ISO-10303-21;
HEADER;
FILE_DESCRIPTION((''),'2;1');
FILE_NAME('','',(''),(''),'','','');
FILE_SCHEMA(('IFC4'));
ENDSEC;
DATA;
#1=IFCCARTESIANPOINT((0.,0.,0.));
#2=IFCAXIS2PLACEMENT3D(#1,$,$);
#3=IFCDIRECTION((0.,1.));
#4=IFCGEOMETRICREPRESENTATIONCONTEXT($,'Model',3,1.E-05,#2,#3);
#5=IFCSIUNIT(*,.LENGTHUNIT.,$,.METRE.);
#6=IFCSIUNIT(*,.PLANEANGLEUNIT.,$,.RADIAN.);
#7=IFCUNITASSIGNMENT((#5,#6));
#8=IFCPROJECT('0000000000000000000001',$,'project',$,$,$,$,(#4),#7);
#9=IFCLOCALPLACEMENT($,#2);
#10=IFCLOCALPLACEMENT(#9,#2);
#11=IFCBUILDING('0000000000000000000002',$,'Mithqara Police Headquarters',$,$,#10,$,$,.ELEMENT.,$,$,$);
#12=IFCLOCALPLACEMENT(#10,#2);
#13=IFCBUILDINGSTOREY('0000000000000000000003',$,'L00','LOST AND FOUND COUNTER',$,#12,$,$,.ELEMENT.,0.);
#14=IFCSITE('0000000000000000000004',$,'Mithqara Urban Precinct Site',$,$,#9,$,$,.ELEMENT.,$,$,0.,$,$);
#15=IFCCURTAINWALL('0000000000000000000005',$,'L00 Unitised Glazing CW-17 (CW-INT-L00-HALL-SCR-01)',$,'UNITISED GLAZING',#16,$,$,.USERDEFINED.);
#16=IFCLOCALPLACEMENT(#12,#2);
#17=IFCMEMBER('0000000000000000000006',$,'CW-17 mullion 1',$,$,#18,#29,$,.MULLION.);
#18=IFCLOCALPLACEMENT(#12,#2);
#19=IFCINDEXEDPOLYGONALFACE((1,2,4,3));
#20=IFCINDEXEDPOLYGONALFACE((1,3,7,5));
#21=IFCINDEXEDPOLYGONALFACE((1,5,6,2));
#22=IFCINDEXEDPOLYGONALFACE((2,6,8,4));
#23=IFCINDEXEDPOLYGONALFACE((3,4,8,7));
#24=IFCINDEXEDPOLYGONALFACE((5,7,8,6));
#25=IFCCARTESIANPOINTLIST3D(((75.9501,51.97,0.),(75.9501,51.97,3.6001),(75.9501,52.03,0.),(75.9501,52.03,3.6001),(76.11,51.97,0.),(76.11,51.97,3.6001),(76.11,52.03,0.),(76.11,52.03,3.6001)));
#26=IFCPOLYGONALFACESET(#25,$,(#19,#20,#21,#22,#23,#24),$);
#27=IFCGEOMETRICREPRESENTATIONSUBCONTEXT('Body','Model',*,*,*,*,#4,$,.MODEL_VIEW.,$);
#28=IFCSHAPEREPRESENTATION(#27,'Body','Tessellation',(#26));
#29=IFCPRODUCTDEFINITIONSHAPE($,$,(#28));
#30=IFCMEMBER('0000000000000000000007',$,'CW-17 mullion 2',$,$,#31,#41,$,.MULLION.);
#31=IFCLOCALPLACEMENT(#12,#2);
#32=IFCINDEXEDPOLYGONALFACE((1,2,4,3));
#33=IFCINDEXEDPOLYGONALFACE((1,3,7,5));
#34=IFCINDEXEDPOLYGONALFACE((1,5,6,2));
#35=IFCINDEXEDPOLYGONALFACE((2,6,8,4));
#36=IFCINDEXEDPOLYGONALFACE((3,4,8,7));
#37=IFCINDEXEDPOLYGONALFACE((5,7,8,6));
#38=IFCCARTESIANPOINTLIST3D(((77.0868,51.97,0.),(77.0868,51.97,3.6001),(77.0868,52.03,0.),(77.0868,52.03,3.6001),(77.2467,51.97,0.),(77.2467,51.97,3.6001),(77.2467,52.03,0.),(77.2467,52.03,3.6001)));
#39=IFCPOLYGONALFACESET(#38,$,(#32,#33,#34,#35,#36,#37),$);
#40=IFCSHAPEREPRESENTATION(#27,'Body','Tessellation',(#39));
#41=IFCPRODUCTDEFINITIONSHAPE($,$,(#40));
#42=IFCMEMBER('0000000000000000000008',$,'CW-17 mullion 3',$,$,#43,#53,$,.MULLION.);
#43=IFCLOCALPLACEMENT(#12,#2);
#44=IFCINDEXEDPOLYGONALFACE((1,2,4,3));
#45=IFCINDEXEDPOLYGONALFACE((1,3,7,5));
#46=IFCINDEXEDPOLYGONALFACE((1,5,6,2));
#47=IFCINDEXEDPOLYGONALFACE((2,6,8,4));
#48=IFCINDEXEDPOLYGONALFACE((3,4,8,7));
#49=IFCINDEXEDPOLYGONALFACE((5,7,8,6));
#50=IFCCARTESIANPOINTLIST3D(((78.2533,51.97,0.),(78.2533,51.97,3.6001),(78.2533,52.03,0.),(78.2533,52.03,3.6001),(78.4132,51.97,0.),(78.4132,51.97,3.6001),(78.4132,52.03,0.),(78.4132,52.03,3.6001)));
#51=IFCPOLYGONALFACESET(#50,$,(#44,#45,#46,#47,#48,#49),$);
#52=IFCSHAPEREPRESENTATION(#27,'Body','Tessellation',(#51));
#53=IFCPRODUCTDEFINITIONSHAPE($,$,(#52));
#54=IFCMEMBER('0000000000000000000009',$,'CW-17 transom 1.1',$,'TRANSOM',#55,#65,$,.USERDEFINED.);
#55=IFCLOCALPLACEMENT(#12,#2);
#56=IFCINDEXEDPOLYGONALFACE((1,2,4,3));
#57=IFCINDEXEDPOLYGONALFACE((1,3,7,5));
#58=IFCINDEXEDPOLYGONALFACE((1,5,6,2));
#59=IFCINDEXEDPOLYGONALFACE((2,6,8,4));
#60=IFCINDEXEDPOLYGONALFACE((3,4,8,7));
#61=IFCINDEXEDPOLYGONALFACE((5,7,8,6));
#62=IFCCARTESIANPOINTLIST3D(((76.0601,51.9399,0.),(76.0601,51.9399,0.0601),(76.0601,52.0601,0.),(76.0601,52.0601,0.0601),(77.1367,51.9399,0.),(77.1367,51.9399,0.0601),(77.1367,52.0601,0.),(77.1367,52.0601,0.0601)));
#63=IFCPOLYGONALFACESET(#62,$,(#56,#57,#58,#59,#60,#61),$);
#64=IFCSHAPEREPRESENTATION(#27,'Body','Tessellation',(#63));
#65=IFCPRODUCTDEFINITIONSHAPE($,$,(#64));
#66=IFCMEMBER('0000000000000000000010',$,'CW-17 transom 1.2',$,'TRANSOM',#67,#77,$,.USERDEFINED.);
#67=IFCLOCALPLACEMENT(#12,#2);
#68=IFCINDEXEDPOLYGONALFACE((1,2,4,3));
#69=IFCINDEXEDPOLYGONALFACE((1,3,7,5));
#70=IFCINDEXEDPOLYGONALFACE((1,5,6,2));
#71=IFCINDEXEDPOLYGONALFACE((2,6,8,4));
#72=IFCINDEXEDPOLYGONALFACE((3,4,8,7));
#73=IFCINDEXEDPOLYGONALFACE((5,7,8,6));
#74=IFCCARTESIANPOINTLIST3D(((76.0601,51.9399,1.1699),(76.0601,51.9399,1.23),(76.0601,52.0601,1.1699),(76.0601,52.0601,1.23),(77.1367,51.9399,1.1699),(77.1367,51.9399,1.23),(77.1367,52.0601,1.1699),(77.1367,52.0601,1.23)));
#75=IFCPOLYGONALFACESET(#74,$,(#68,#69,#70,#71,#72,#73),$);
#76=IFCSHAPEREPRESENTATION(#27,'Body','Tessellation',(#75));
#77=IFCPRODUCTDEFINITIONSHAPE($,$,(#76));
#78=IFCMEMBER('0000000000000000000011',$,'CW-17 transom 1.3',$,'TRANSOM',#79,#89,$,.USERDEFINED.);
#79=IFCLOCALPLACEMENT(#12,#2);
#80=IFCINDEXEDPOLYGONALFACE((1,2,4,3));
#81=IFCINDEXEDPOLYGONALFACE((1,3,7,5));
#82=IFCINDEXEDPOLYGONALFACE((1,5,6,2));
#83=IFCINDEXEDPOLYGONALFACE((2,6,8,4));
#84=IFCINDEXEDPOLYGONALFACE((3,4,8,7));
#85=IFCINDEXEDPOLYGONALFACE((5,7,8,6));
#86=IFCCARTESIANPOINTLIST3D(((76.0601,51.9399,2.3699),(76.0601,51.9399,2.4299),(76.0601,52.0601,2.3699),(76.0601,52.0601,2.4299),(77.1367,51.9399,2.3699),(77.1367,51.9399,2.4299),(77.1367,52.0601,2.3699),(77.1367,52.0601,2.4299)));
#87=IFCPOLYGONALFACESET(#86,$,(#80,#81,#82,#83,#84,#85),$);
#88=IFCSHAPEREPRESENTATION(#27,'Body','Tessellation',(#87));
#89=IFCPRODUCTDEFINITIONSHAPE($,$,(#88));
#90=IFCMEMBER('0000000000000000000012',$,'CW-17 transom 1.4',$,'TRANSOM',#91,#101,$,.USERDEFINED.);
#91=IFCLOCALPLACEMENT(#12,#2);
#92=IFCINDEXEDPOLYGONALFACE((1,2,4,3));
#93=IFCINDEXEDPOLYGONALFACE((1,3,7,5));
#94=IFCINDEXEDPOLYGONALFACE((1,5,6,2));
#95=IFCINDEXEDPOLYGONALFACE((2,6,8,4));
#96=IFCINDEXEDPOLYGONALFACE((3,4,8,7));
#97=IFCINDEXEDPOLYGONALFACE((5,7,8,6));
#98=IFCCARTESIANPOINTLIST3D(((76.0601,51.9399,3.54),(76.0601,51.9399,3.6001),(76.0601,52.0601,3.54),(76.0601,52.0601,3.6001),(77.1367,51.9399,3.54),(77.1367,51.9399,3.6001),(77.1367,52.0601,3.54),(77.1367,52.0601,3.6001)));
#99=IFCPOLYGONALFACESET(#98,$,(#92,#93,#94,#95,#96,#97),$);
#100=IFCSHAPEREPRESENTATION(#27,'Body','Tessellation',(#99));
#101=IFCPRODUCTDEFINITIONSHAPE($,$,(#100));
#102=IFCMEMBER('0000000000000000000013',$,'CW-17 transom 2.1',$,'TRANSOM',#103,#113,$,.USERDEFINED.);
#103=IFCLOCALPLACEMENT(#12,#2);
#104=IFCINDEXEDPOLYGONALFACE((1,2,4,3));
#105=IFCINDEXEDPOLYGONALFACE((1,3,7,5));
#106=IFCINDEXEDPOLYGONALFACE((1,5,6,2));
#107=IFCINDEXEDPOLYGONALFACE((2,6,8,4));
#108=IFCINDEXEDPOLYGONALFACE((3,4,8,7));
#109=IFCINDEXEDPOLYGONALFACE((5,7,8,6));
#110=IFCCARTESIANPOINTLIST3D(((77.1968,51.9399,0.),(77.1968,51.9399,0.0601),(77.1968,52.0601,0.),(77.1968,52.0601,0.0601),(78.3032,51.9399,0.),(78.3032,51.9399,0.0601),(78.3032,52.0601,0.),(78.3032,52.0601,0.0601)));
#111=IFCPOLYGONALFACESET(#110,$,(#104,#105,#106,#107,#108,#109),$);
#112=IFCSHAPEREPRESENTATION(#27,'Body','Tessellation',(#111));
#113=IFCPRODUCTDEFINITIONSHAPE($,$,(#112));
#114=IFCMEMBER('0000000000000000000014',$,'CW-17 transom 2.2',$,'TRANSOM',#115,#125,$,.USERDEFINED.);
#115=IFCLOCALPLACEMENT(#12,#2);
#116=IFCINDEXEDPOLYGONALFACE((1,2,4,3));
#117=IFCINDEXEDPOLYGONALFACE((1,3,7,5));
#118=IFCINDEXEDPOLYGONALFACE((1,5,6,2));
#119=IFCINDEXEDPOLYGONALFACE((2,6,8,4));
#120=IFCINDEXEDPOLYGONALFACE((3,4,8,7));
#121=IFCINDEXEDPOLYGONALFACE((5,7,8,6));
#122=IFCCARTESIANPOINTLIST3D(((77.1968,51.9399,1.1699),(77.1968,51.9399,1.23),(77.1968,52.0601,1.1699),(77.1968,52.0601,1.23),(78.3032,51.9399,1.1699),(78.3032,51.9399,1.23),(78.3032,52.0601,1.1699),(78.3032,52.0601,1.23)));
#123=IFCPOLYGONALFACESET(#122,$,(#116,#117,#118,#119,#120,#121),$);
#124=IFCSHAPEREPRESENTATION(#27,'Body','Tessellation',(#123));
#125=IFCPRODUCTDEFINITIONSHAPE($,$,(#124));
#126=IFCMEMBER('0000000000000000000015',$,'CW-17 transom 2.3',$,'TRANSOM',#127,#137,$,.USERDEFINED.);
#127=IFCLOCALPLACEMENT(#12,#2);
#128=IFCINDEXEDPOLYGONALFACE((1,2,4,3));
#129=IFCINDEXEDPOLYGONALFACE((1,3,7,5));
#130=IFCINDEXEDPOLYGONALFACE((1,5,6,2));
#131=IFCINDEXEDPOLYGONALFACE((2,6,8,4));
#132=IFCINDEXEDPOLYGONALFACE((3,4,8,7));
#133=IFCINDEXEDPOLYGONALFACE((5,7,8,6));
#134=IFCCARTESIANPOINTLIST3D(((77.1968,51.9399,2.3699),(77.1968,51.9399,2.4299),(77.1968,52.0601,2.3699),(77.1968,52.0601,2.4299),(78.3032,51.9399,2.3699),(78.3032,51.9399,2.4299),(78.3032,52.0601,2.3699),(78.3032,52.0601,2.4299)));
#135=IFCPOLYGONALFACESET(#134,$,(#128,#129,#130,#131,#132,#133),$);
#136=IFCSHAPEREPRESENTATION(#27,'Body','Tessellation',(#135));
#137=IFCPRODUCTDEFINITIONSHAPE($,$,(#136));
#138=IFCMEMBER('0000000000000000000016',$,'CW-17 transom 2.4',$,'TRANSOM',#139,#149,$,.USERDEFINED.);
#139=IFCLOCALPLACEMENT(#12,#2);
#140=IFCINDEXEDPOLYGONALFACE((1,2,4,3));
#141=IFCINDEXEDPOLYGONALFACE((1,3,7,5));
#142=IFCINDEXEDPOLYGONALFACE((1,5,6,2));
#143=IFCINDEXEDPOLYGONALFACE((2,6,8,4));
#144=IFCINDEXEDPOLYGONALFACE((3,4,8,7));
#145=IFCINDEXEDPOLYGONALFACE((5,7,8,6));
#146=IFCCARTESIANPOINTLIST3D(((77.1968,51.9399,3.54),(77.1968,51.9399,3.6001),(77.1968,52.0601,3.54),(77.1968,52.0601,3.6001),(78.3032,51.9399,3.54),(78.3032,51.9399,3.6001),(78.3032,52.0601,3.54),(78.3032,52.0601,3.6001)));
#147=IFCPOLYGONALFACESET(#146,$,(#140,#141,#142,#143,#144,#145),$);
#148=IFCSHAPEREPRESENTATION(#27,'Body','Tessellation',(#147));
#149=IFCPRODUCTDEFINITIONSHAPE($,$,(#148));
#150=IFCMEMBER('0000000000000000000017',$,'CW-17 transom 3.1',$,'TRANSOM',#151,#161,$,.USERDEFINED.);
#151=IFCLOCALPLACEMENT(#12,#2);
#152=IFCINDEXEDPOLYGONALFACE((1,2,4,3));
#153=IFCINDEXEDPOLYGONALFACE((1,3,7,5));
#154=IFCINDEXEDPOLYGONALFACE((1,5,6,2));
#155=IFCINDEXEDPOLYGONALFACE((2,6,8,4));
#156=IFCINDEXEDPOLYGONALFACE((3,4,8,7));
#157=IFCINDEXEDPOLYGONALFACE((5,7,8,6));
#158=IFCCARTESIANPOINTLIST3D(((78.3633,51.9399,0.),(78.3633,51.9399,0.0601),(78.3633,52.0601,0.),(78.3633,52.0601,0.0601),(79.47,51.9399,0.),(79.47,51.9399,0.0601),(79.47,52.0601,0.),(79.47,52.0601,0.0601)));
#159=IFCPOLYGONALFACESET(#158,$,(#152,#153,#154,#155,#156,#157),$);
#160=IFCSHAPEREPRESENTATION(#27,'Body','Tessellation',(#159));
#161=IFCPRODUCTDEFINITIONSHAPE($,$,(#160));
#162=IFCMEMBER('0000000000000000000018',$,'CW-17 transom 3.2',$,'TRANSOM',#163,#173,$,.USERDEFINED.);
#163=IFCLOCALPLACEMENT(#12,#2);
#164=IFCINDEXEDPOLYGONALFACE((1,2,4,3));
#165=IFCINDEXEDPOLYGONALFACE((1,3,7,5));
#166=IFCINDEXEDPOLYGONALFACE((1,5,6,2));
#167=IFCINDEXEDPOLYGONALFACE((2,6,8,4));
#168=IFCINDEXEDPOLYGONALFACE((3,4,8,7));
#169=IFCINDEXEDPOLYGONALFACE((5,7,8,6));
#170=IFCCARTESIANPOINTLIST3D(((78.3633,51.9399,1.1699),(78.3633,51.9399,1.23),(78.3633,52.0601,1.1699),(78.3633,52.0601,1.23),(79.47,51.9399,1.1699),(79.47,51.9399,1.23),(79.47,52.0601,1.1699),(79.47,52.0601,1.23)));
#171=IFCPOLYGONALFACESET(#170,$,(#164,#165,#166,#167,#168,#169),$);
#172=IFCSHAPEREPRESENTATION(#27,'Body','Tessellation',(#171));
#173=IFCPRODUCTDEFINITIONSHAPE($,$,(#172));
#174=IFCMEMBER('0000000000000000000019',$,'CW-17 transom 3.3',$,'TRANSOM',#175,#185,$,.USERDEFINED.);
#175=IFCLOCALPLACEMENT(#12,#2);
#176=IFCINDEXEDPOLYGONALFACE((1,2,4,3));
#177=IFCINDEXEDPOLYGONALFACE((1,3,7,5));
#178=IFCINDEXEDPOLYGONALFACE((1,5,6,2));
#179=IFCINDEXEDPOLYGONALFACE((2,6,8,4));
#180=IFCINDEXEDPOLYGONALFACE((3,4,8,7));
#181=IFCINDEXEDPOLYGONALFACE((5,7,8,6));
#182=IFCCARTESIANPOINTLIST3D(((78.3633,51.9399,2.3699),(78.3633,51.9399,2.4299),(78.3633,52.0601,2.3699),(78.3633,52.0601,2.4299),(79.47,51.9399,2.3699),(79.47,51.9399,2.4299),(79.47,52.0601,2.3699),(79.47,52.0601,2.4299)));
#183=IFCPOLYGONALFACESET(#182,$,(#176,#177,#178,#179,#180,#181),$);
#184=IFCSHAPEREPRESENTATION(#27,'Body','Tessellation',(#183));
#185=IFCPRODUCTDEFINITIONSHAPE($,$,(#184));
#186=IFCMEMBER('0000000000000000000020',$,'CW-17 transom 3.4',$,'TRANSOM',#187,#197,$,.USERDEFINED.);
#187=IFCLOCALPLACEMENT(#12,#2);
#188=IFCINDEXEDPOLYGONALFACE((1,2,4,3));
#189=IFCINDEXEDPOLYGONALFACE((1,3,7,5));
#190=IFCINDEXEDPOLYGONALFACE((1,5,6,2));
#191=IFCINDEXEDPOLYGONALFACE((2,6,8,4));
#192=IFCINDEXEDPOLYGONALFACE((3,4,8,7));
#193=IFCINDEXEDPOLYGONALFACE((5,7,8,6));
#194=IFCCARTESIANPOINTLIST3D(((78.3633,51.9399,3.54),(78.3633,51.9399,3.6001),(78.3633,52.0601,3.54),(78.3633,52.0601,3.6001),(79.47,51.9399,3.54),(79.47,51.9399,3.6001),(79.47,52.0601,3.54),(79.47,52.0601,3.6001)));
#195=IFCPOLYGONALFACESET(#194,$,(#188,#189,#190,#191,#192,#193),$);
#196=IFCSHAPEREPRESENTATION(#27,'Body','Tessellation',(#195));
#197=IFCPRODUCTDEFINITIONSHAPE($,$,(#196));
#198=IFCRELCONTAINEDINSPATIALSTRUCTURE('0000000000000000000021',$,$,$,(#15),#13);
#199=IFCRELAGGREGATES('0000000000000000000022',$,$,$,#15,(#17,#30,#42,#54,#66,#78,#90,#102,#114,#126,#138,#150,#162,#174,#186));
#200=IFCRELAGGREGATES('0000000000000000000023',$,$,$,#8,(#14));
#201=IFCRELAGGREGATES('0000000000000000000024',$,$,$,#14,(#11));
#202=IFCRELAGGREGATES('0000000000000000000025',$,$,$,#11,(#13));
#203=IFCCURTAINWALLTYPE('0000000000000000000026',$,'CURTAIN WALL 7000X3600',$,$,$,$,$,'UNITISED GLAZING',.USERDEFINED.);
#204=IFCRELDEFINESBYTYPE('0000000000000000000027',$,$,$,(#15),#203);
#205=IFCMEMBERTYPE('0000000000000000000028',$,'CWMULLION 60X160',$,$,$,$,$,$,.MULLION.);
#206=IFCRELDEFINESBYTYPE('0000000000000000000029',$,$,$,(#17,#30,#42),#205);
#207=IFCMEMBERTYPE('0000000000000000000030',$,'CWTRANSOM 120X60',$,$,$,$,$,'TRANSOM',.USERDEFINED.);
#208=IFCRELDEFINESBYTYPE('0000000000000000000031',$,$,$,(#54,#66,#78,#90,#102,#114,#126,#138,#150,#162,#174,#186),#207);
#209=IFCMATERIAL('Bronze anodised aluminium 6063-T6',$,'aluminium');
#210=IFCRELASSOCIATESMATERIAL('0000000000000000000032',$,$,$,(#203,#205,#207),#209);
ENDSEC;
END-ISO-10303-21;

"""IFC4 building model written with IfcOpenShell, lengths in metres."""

from ifc_helpers import new_model, si_unit, direction, frame, origin, origin_2d, place, context, subcontext, project, spatial, rectangle, extrude, material, material_profile, profile_set, type_object, element, aggregate, save


model = new_model("IFC4")

# Units and contexts
model_context = context("Model", 3, precision=1e-05, world=origin(), true_north=direction((0.0, 1.0)))
body_context = subcontext(model_context, "Body", "Model", "MODEL_VIEW")
ifc_project = project(units=[si_unit("LENGTHUNIT", "METRE"), si_unit("PLANEANGLEUNIT", "RADIAN")], contexts=[model_context])

# Site, building, storey
site_placement = place(None, origin())
site = spatial("IfcSite", under=ifc_project, at=site_placement, Name="Mithqara Urban Precinct Site", CompositionType="ELEMENT", RefElevation=0.0)
building_placement = place(site_placement, origin())
building = spatial("IfcBuilding", under=site, at=building_placement, Name="Mithqara Police Headquarters", CompositionType="ELEMENT")
storey_placement = place(building_placement, origin())
storey = spatial("IfcBuildingStorey", under=building, at=storey_placement, Name="L00", Description="LOST AND FOUND COUNTER", CompositionType="ELEMENT", Elevation=0.0)

# Curtain wall, members
ifc_material_1 = material(Name="Bronze anodised aluminium 6063-T6", Category="aluminium")
curtain_wall_type = type_object("IfcCurtainWallType", Name="CURTAIN WALL 7000X3600", ElementType="UNITISED GLAZING", PredefinedType="USERDEFINED", material=ifc_material_1)
curtain_wall_placement = place(storey_placement, origin())
curtain_wall = element("IfcCurtainWall", 1, at=curtain_wall_placement, inside=storey, type_object=curtain_wall_type, Name="L00 Unitised Glazing CW-17 (CW-INT-L00-HALL-SCR-01)", ObjectType="UNITISED GLAZING", PredefinedType="USERDEFINED")
ifc_material_profile_1 = material_profile(ifc_material_1, rectangle(XDim=0.0601, YDim=0.1599, at=origin_2d()), Name="CWM 60x160")
ifc_profile_set_1 = profile_set([ifc_material_profile_1], Name="Bronze anodised aluminium 6063-T6")
member_type_1 = type_object("IfcMemberType", Name="CWMULLION 60X160", PredefinedType="MULLION", material=ifc_profile_set_1)
member_1_placement = place(storey_placement, frame((76.03, 52.0, 0.0), z_axis=(0.0, 0.0, 1.0), x_axis=(0.0, 1.0, 0.0)))
member_1 = element("IfcMember", 2, at=member_1_placement, type_object=member_type_1, Name="CW-17 mullion 1", PredefinedType="MULLION", context=body_context, shape_type="SweptSolid", body=[
    extrude(rectangle(XDim=0.0601, YDim=0.1599, at=origin_2d()), origin(), (0.0, 0.0, 1.0), 3.6001),
])
member_2_placement = place(storey_placement, frame((77.1667, 52.0, 0.0), z_axis=(0.0, 0.0, 1.0), x_axis=(0.0, 1.0, 0.0)))
member_2 = element("IfcMember", 3, at=member_2_placement, type_object=member_type_1, Name="CW-17 mullion 2", PredefinedType="MULLION", context=body_context, shape_type="SweptSolid", body=[
    extrude(rectangle(XDim=0.0601, YDim=0.1599, at=origin_2d()), origin(), (0.0, 0.0, 1.0), 3.6001),
])
member_3_placement = place(storey_placement, frame((78.3333, 52.0, 0.0), z_axis=(0.0, 0.0, 1.0), x_axis=(0.0, 1.0, 0.0)))
member_3 = element("IfcMember", 4, at=member_3_placement, type_object=member_type_1, Name="CW-17 mullion 3", PredefinedType="MULLION", context=body_context, shape_type="SweptSolid", body=[
    extrude(rectangle(XDim=0.0601, YDim=0.1599, at=origin_2d()), origin(), (0.0, 0.0, 1.0), 3.6001),
])
ifc_material_profile_2 = material_profile(ifc_material_1, rectangle(XDim=0.1201, YDim=0.0601, at=origin_2d()), Name="CWT 120x60")
ifc_profile_set_2 = profile_set([ifc_material_profile_2], Name="Bronze anodised aluminium 6063-T6")
member_type_2 = type_object("IfcMemberType", Name="CWTRANSOM 120X60", ElementType="TRANSOM", PredefinedType="USERDEFINED", material=ifc_profile_set_2)
member_4_placement = place(storey_placement, frame((76.0601, 52.0, 0.03), z_axis=(1.0, 0.0, 0.0), x_axis=(0.0, 1.0, 0.0)))
member_4 = element("IfcMember", 5, at=member_4_placement, type_object=member_type_2, Name="CW-17 transom 1.1", ObjectType="TRANSOM", PredefinedType="USERDEFINED", context=body_context, shape_type="SweptSolid", body=[
    extrude(rectangle(XDim=0.1201, YDim=0.0601, at=origin_2d()), origin(), (0.0, 0.0, 1.0), 1.0767),
])
member_5_placement = place(storey_placement, frame((76.0601, 52.0, 1.2), z_axis=(1.0, 0.0, 0.0), x_axis=(0.0, 1.0, 0.0)))
member_5 = element("IfcMember", 6, at=member_5_placement, type_object=member_type_2, Name="CW-17 transom 1.2", ObjectType="TRANSOM", PredefinedType="USERDEFINED", context=body_context, shape_type="SweptSolid", body=[
    extrude(rectangle(XDim=0.1201, YDim=0.0601, at=origin_2d()), origin(), (0.0, 0.0, 1.0), 1.0767),
])
member_6_placement = place(storey_placement, frame((76.0601, 52.0, 2.3999), z_axis=(1.0, 0.0, 0.0), x_axis=(0.0, 1.0, 0.0)))
member_6 = element("IfcMember", 7, at=member_6_placement, type_object=member_type_2, Name="CW-17 transom 1.3", ObjectType="TRANSOM", PredefinedType="USERDEFINED", context=body_context, shape_type="SweptSolid", body=[
    extrude(rectangle(XDim=0.1201, YDim=0.0601, at=origin_2d()), origin(), (0.0, 0.0, 1.0), 1.0767),
])
member_7_placement = place(storey_placement, frame((76.0601, 52.0, 3.5701), z_axis=(1.0, 0.0, 0.0), x_axis=(0.0, 1.0, 0.0)))
member_7 = element("IfcMember", 8, at=member_7_placement, type_object=member_type_2, Name="CW-17 transom 1.4", ObjectType="TRANSOM", PredefinedType="USERDEFINED", context=body_context, shape_type="SweptSolid", body=[
    extrude(rectangle(XDim=0.1201, YDim=0.0601, at=origin_2d()), origin(), (0.0, 0.0, 1.0), 1.0767),
])
member_8_placement = place(storey_placement, frame((77.1968, 52.0, 0.03), z_axis=(1.0, 0.0, 0.0), x_axis=(0.0, 1.0, 0.0)))
member_8 = element("IfcMember", 9, at=member_8_placement, type_object=member_type_2, Name="CW-17 transom 2.1", ObjectType="TRANSOM", PredefinedType="USERDEFINED", context=body_context, shape_type="SweptSolid", body=[
    extrude(rectangle(XDim=0.1201, YDim=0.0601, at=origin_2d()), origin(), (0.0, 0.0, 1.0), 1.1064),
])
member_9_placement = place(storey_placement, frame((77.1968, 52.0, 1.2), z_axis=(1.0, 0.0, 0.0), x_axis=(0.0, 1.0, 0.0)))
member_9 = element("IfcMember", 10, at=member_9_placement, type_object=member_type_2, Name="CW-17 transom 2.2", ObjectType="TRANSOM", PredefinedType="USERDEFINED", context=body_context, shape_type="SweptSolid", body=[
    extrude(rectangle(XDim=0.1201, YDim=0.0601, at=origin_2d()), origin(), (0.0, 0.0, 1.0), 1.1064),
])
member_10_placement = place(storey_placement, frame((77.1968, 52.0, 2.3999), z_axis=(1.0, 0.0, 0.0), x_axis=(0.0, 1.0, 0.0)))
member_10 = element("IfcMember", 11, at=member_10_placement, type_object=member_type_2, Name="CW-17 transom 2.3", ObjectType="TRANSOM", PredefinedType="USERDEFINED", context=body_context, shape_type="SweptSolid", body=[
    extrude(rectangle(XDim=0.1201, YDim=0.0601, at=origin_2d()), origin(), (0.0, 0.0, 1.0), 1.1064),
])
member_11_placement = place(storey_placement, frame((77.1968, 52.0, 3.5701), z_axis=(1.0, 0.0, 0.0), x_axis=(0.0, 1.0, 0.0)))
member_11 = element("IfcMember", 12, at=member_11_placement, type_object=member_type_2, Name="CW-17 transom 2.4", ObjectType="TRANSOM", PredefinedType="USERDEFINED", context=body_context, shape_type="SweptSolid", body=[
    extrude(rectangle(XDim=0.1201, YDim=0.0601, at=origin_2d()), origin(), (0.0, 0.0, 1.0), 1.1064),
])
member_12_placement = place(storey_placement, frame((78.3633, 52.0, 0.03), z_axis=(1.0, 0.0, 0.0), x_axis=(0.0, 1.0, 0.0)))
member_12 = element("IfcMember", 13, at=member_12_placement, type_object=member_type_2, Name="CW-17 transom 3.1", ObjectType="TRANSOM", PredefinedType="USERDEFINED", context=body_context, shape_type="SweptSolid", body=[
    extrude(rectangle(XDim=0.1201, YDim=0.0601, at=origin_2d()), origin(), (0.0, 0.0, 1.0), 1.1067),
])
member_13_placement = place(storey_placement, frame((78.3633, 52.0, 1.2), z_axis=(1.0, 0.0, 0.0), x_axis=(0.0, 1.0, 0.0)))
member_13 = element("IfcMember", 14, at=member_13_placement, type_object=member_type_2, Name="CW-17 transom 3.2", ObjectType="TRANSOM", PredefinedType="USERDEFINED", context=body_context, shape_type="SweptSolid", body=[
    extrude(rectangle(XDim=0.1201, YDim=0.0601, at=origin_2d()), origin(), (0.0, 0.0, 1.0), 1.1067),
])
member_14_placement = place(storey_placement, frame((78.3633, 52.0, 2.3999), z_axis=(1.0, 0.0, 0.0), x_axis=(0.0, 1.0, 0.0)))
member_14 = element("IfcMember", 15, at=member_14_placement, type_object=member_type_2, Name="CW-17 transom 3.3", ObjectType="TRANSOM", PredefinedType="USERDEFINED", context=body_context, shape_type="SweptSolid", body=[
    extrude(rectangle(XDim=0.1201, YDim=0.0601, at=origin_2d()), origin(), (0.0, 0.0, 1.0), 1.1067),
])
member_15_placement = place(storey_placement, frame((78.3633, 52.0, 3.5701), z_axis=(1.0, 0.0, 0.0), x_axis=(0.0, 1.0, 0.0)))
member_15 = element("IfcMember", 16, at=member_15_placement, type_object=member_type_2, Name="CW-17 transom 3.4", ObjectType="TRANSOM", PredefinedType="USERDEFINED", context=body_context, shape_type="SweptSolid", body=[
    extrude(rectangle(XDim=0.1201, YDim=0.0601, at=origin_2d()), origin(), (0.0, 0.0, 1.0), 1.1067),
])
aggregate(curtain_wall, [member_1, member_2, member_3, member_4, member_5, member_6, member_7, member_8, member_9, member_10, member_11, member_12, member_13, member_14, member_15])

save(model, "model.ifc")
